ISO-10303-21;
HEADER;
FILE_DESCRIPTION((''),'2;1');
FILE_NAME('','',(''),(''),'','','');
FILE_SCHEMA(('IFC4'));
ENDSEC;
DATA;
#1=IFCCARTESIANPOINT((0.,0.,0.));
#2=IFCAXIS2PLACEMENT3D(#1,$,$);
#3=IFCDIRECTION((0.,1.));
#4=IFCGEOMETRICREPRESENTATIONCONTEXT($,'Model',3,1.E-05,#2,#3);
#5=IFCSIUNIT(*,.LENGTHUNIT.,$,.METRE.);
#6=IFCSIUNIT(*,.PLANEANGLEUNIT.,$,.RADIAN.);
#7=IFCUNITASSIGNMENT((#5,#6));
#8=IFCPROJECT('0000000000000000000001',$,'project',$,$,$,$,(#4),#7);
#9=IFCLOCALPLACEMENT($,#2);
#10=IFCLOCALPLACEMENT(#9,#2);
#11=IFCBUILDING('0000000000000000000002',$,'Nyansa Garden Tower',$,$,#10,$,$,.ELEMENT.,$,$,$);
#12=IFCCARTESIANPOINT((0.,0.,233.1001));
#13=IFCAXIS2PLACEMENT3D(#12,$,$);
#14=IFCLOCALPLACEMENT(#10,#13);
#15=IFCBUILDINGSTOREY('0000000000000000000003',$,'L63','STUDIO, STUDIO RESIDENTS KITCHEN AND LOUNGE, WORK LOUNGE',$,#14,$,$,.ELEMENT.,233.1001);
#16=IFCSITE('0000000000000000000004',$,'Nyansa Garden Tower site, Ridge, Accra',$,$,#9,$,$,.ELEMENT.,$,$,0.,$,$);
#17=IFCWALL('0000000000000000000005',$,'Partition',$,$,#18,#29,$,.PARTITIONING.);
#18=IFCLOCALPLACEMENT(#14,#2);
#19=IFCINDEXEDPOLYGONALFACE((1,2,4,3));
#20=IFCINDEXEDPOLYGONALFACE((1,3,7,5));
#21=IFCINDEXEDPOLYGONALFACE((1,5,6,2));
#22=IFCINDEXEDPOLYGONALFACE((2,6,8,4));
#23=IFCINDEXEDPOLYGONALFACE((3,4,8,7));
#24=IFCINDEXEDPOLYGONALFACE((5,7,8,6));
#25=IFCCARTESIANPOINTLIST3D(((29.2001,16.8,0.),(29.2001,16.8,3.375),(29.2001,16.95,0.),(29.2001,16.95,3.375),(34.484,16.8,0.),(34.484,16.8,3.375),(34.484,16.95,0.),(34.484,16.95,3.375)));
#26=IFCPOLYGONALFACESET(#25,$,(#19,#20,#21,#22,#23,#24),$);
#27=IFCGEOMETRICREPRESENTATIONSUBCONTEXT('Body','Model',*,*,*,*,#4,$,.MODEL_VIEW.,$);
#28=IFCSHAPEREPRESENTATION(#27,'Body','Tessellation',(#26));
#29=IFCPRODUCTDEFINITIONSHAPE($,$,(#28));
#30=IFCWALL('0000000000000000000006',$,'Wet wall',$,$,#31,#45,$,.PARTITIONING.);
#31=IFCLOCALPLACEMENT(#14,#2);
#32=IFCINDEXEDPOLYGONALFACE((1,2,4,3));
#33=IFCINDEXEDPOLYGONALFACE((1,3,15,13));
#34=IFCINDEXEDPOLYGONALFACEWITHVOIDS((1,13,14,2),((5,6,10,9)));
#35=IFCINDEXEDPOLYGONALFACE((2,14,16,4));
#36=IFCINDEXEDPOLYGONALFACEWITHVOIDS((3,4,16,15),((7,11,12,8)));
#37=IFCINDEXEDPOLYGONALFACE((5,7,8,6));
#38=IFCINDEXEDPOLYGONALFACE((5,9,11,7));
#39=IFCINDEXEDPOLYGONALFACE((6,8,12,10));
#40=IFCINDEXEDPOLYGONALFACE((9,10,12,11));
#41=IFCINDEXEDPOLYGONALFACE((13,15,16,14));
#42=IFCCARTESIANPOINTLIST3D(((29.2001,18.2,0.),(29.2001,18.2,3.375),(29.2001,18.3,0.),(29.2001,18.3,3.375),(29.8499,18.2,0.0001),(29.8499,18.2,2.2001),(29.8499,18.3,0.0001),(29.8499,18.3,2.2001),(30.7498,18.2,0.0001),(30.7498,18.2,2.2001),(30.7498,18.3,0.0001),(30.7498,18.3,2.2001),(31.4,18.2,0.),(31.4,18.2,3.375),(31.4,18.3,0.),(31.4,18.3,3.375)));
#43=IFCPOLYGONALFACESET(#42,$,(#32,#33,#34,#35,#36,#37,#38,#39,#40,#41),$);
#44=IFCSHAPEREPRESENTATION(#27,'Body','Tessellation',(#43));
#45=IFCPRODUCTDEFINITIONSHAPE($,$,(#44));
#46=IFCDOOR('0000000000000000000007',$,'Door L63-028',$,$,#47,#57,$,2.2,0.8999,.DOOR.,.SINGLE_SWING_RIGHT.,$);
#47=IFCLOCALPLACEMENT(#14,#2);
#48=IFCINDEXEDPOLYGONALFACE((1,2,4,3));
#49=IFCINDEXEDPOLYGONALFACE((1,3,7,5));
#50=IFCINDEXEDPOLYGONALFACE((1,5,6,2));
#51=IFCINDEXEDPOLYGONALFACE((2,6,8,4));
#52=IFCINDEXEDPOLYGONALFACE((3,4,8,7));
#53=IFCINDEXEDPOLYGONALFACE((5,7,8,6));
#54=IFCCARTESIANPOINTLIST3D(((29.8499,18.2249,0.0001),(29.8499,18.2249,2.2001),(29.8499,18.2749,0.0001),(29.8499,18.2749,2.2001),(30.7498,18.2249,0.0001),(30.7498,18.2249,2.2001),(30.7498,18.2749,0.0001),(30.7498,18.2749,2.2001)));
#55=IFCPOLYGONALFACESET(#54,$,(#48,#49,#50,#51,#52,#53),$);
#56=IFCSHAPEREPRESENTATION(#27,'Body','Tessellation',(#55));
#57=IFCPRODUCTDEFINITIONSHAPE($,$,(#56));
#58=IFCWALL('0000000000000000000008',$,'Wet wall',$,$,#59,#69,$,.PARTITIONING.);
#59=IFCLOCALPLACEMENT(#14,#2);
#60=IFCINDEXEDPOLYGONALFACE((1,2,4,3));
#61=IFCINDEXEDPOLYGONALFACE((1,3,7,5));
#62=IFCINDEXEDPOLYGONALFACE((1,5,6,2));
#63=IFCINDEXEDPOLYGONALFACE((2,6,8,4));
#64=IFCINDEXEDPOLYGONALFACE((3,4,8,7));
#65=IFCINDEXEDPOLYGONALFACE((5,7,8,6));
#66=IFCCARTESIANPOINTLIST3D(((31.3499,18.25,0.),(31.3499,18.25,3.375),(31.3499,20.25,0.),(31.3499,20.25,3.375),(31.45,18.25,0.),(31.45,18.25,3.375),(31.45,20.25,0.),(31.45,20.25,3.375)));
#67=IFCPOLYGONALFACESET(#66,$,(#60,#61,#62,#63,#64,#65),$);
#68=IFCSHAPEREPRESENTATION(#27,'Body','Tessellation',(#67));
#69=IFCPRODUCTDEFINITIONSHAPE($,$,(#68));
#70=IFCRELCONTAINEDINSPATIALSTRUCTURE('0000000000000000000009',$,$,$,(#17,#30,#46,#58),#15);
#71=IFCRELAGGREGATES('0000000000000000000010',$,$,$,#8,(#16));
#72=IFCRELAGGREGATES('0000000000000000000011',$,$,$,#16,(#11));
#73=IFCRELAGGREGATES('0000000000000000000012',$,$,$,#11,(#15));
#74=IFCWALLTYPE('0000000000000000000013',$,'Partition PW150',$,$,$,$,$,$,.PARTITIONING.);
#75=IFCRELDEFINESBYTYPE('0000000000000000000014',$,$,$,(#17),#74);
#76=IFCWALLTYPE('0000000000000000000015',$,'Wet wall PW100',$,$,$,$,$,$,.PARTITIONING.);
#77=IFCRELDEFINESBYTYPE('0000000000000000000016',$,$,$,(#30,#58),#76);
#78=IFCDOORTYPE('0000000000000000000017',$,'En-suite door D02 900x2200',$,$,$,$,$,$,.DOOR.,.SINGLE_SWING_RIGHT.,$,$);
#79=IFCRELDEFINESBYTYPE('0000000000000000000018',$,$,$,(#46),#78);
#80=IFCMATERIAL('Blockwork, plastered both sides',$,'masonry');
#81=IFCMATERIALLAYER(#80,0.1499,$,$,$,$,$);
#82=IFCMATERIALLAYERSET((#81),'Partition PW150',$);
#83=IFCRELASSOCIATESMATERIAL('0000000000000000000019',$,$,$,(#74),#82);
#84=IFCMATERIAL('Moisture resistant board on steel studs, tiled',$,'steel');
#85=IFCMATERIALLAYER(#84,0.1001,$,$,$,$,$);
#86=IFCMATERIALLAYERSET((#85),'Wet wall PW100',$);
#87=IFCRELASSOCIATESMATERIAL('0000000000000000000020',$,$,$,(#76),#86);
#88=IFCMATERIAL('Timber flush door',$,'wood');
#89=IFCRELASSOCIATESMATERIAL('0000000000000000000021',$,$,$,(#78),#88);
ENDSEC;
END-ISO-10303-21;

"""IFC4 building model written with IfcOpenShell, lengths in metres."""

from ifc_helpers import new_model, si_unit, direction, frame, frame_2d, origin, place, context, subcontext, project, spatial, rectangle, extrude, material, layer, layer_set, type_object, element, fill, save


model = new_model("IFC4")

# Units and contexts
model_context = context("Model", 3, precision=1e-05, world=origin(), true_north=direction((0.0, 1.0)))
body_context = subcontext(model_context, "Body", "Model", "MODEL_VIEW")
ifc_project = project(units=[si_unit("LENGTHUNIT", "METRE"), si_unit("PLANEANGLEUNIT", "RADIAN")], contexts=[model_context])

# Site, building, storey
site_placement = place(None, origin())
site = spatial("IfcSite", under=ifc_project, at=site_placement, Name="Nyansa Garden Tower site, Ridge, Accra", CompositionType="ELEMENT", RefElevation=0.0)
building_placement = place(site_placement, origin())
building = spatial("IfcBuilding", under=site, at=building_placement, Name="Nyansa Garden Tower", CompositionType="ELEMENT")
storey_placement = place(building_placement, frame((0.0, 0.0, 233.1001)))
storey = spatial("IfcBuildingStorey", under=building, at=storey_placement, Name="L63", Description="STUDIO, STUDIO RESIDENTS KITCHEN AND LOUNGE, WORK LOUNGE", CompositionType="ELEMENT", Elevation=233.1001)

# Wall
ifc_material_1 = material(Name="Blockwork, plastered both sides", Category="masonry")
ifc_layer_1 = layer(ifc_material_1, 0.1499)
ifc_layer_set_1 = layer_set([ifc_layer_1], Name="Partition PW150")
wall_type_1 = type_object("IfcWallType", Name="Partition PW150", PredefinedType="PARTITIONING", material=ifc_layer_set_1)
wall_1_placement = place(storey_placement, frame((29.2, 16.875, 0.0), z_axis=(0.0, 0.0, 1.0), x_axis=(1.0, 0.0, 0.0)))
element("IfcWall", 1, at=wall_1_placement, inside=storey, type_object=wall_type_1, Name="Partition", PredefinedType="PARTITIONING", context=body_context, shape_type="SweptSolid", body=[
    extrude(rectangle(XDim=5.2839, YDim=0.1499, at=frame_2d((2.6421, 0.0))), origin(), (0.0, 0.0, 1.0), 3.375),
])

# Wall, opening, door
ifc_material_2 = material(Name="Moisture resistant board on steel studs, tiled", Category="steel")
ifc_layer_2 = layer(ifc_material_2, 0.1001)
ifc_layer_set_2 = layer_set([ifc_layer_2], Name="Wet wall PW100")
wall_type_2 = type_object("IfcWallType", Name="Wet wall PW100", PredefinedType="PARTITIONING", material=ifc_layer_set_2)
wall_2_placement = place(storey_placement, frame((29.2, 18.25, 0.0), z_axis=(0.0, 0.0, 1.0), x_axis=(1.0, 0.0, 0.0)))
wall_2 = element("IfcWall", 2, at=wall_2_placement, inside=storey, type_object=wall_type_2, Name="Wet wall", PredefinedType="PARTITIONING", context=body_context, shape_type="SweptSolid", body=[
    extrude(rectangle(XDim=2.2, YDim=0.1001, at=frame_2d((1.1001, 0.0))), origin(), (0.0, 0.0, 1.0), 3.375),
])
opening_1_placement = place(wall_2_placement, frame((0.6499, 0.0, 0.0)))
opening_1 = element("IfcOpeningElement", 3, at=opening_1_placement, cuts=wall_2, PredefinedType="OPENING", context=body_context, shape_type="SweptSolid", body=[
    extrude(rectangle(XDim=0.8999, YDim=2.2, at=frame_2d((0.45, 1.1001))), frame((0.0, 0.0601, 0.0), z_axis=(0.0, -1.0, 0.0), x_axis=(1.0, 0.0, 0.0)), (0.0, 0.0, 1.0), 0.1201),
])
ifc_material_3 = material(Name="Timber flush door", Category="wood")
door_type_1 = type_object("IfcDoorType", Name="En-suite door D02 900x2200", OperationType="SINGLE_SWING_RIGHT", PredefinedType="DOOR", material=ifc_material_3)
door_1_placement = place(opening_1_placement, origin())
door_1 = element("IfcDoor", 4, at=door_1_placement, inside=storey, type_object=door_type_1, Name="Door L63-028", OperationType="SINGLE_SWING_RIGHT", OverallHeight=2.2, OverallWidth=0.8999, PredefinedType="DOOR", context=body_context, shape_type="SweptSolid", body=[
    extrude(rectangle(XDim=0.8999, YDim=2.2, at=frame_2d((0.45, 1.1001))), frame((0.0, 0.0249, 0.0), z_axis=(0.0, -1.0, 0.0), x_axis=(1.0, 0.0, 0.0)), (0.0, 0.0, 1.0), 0.05),
])
fill(opening_1, door_1)

# Wall
wall_3_placement = place(storey_placement, frame((31.3999, 18.25, 0.0), z_axis=(0.0, 0.0, 1.0), x_axis=(0.0, 1.0, 0.0)))
element("IfcWall", 5, at=wall_3_placement, inside=storey, type_object=wall_type_2, Name="Wet wall", PredefinedType="PARTITIONING", context=body_context, shape_type="SweptSolid", body=[
    extrude(rectangle(XDim=2.0, YDim=0.1001, at=frame_2d((1.0, 0.0))), origin(), (0.0, 0.0, 1.0), 3.375),
])

save(model, "model.ifc")
